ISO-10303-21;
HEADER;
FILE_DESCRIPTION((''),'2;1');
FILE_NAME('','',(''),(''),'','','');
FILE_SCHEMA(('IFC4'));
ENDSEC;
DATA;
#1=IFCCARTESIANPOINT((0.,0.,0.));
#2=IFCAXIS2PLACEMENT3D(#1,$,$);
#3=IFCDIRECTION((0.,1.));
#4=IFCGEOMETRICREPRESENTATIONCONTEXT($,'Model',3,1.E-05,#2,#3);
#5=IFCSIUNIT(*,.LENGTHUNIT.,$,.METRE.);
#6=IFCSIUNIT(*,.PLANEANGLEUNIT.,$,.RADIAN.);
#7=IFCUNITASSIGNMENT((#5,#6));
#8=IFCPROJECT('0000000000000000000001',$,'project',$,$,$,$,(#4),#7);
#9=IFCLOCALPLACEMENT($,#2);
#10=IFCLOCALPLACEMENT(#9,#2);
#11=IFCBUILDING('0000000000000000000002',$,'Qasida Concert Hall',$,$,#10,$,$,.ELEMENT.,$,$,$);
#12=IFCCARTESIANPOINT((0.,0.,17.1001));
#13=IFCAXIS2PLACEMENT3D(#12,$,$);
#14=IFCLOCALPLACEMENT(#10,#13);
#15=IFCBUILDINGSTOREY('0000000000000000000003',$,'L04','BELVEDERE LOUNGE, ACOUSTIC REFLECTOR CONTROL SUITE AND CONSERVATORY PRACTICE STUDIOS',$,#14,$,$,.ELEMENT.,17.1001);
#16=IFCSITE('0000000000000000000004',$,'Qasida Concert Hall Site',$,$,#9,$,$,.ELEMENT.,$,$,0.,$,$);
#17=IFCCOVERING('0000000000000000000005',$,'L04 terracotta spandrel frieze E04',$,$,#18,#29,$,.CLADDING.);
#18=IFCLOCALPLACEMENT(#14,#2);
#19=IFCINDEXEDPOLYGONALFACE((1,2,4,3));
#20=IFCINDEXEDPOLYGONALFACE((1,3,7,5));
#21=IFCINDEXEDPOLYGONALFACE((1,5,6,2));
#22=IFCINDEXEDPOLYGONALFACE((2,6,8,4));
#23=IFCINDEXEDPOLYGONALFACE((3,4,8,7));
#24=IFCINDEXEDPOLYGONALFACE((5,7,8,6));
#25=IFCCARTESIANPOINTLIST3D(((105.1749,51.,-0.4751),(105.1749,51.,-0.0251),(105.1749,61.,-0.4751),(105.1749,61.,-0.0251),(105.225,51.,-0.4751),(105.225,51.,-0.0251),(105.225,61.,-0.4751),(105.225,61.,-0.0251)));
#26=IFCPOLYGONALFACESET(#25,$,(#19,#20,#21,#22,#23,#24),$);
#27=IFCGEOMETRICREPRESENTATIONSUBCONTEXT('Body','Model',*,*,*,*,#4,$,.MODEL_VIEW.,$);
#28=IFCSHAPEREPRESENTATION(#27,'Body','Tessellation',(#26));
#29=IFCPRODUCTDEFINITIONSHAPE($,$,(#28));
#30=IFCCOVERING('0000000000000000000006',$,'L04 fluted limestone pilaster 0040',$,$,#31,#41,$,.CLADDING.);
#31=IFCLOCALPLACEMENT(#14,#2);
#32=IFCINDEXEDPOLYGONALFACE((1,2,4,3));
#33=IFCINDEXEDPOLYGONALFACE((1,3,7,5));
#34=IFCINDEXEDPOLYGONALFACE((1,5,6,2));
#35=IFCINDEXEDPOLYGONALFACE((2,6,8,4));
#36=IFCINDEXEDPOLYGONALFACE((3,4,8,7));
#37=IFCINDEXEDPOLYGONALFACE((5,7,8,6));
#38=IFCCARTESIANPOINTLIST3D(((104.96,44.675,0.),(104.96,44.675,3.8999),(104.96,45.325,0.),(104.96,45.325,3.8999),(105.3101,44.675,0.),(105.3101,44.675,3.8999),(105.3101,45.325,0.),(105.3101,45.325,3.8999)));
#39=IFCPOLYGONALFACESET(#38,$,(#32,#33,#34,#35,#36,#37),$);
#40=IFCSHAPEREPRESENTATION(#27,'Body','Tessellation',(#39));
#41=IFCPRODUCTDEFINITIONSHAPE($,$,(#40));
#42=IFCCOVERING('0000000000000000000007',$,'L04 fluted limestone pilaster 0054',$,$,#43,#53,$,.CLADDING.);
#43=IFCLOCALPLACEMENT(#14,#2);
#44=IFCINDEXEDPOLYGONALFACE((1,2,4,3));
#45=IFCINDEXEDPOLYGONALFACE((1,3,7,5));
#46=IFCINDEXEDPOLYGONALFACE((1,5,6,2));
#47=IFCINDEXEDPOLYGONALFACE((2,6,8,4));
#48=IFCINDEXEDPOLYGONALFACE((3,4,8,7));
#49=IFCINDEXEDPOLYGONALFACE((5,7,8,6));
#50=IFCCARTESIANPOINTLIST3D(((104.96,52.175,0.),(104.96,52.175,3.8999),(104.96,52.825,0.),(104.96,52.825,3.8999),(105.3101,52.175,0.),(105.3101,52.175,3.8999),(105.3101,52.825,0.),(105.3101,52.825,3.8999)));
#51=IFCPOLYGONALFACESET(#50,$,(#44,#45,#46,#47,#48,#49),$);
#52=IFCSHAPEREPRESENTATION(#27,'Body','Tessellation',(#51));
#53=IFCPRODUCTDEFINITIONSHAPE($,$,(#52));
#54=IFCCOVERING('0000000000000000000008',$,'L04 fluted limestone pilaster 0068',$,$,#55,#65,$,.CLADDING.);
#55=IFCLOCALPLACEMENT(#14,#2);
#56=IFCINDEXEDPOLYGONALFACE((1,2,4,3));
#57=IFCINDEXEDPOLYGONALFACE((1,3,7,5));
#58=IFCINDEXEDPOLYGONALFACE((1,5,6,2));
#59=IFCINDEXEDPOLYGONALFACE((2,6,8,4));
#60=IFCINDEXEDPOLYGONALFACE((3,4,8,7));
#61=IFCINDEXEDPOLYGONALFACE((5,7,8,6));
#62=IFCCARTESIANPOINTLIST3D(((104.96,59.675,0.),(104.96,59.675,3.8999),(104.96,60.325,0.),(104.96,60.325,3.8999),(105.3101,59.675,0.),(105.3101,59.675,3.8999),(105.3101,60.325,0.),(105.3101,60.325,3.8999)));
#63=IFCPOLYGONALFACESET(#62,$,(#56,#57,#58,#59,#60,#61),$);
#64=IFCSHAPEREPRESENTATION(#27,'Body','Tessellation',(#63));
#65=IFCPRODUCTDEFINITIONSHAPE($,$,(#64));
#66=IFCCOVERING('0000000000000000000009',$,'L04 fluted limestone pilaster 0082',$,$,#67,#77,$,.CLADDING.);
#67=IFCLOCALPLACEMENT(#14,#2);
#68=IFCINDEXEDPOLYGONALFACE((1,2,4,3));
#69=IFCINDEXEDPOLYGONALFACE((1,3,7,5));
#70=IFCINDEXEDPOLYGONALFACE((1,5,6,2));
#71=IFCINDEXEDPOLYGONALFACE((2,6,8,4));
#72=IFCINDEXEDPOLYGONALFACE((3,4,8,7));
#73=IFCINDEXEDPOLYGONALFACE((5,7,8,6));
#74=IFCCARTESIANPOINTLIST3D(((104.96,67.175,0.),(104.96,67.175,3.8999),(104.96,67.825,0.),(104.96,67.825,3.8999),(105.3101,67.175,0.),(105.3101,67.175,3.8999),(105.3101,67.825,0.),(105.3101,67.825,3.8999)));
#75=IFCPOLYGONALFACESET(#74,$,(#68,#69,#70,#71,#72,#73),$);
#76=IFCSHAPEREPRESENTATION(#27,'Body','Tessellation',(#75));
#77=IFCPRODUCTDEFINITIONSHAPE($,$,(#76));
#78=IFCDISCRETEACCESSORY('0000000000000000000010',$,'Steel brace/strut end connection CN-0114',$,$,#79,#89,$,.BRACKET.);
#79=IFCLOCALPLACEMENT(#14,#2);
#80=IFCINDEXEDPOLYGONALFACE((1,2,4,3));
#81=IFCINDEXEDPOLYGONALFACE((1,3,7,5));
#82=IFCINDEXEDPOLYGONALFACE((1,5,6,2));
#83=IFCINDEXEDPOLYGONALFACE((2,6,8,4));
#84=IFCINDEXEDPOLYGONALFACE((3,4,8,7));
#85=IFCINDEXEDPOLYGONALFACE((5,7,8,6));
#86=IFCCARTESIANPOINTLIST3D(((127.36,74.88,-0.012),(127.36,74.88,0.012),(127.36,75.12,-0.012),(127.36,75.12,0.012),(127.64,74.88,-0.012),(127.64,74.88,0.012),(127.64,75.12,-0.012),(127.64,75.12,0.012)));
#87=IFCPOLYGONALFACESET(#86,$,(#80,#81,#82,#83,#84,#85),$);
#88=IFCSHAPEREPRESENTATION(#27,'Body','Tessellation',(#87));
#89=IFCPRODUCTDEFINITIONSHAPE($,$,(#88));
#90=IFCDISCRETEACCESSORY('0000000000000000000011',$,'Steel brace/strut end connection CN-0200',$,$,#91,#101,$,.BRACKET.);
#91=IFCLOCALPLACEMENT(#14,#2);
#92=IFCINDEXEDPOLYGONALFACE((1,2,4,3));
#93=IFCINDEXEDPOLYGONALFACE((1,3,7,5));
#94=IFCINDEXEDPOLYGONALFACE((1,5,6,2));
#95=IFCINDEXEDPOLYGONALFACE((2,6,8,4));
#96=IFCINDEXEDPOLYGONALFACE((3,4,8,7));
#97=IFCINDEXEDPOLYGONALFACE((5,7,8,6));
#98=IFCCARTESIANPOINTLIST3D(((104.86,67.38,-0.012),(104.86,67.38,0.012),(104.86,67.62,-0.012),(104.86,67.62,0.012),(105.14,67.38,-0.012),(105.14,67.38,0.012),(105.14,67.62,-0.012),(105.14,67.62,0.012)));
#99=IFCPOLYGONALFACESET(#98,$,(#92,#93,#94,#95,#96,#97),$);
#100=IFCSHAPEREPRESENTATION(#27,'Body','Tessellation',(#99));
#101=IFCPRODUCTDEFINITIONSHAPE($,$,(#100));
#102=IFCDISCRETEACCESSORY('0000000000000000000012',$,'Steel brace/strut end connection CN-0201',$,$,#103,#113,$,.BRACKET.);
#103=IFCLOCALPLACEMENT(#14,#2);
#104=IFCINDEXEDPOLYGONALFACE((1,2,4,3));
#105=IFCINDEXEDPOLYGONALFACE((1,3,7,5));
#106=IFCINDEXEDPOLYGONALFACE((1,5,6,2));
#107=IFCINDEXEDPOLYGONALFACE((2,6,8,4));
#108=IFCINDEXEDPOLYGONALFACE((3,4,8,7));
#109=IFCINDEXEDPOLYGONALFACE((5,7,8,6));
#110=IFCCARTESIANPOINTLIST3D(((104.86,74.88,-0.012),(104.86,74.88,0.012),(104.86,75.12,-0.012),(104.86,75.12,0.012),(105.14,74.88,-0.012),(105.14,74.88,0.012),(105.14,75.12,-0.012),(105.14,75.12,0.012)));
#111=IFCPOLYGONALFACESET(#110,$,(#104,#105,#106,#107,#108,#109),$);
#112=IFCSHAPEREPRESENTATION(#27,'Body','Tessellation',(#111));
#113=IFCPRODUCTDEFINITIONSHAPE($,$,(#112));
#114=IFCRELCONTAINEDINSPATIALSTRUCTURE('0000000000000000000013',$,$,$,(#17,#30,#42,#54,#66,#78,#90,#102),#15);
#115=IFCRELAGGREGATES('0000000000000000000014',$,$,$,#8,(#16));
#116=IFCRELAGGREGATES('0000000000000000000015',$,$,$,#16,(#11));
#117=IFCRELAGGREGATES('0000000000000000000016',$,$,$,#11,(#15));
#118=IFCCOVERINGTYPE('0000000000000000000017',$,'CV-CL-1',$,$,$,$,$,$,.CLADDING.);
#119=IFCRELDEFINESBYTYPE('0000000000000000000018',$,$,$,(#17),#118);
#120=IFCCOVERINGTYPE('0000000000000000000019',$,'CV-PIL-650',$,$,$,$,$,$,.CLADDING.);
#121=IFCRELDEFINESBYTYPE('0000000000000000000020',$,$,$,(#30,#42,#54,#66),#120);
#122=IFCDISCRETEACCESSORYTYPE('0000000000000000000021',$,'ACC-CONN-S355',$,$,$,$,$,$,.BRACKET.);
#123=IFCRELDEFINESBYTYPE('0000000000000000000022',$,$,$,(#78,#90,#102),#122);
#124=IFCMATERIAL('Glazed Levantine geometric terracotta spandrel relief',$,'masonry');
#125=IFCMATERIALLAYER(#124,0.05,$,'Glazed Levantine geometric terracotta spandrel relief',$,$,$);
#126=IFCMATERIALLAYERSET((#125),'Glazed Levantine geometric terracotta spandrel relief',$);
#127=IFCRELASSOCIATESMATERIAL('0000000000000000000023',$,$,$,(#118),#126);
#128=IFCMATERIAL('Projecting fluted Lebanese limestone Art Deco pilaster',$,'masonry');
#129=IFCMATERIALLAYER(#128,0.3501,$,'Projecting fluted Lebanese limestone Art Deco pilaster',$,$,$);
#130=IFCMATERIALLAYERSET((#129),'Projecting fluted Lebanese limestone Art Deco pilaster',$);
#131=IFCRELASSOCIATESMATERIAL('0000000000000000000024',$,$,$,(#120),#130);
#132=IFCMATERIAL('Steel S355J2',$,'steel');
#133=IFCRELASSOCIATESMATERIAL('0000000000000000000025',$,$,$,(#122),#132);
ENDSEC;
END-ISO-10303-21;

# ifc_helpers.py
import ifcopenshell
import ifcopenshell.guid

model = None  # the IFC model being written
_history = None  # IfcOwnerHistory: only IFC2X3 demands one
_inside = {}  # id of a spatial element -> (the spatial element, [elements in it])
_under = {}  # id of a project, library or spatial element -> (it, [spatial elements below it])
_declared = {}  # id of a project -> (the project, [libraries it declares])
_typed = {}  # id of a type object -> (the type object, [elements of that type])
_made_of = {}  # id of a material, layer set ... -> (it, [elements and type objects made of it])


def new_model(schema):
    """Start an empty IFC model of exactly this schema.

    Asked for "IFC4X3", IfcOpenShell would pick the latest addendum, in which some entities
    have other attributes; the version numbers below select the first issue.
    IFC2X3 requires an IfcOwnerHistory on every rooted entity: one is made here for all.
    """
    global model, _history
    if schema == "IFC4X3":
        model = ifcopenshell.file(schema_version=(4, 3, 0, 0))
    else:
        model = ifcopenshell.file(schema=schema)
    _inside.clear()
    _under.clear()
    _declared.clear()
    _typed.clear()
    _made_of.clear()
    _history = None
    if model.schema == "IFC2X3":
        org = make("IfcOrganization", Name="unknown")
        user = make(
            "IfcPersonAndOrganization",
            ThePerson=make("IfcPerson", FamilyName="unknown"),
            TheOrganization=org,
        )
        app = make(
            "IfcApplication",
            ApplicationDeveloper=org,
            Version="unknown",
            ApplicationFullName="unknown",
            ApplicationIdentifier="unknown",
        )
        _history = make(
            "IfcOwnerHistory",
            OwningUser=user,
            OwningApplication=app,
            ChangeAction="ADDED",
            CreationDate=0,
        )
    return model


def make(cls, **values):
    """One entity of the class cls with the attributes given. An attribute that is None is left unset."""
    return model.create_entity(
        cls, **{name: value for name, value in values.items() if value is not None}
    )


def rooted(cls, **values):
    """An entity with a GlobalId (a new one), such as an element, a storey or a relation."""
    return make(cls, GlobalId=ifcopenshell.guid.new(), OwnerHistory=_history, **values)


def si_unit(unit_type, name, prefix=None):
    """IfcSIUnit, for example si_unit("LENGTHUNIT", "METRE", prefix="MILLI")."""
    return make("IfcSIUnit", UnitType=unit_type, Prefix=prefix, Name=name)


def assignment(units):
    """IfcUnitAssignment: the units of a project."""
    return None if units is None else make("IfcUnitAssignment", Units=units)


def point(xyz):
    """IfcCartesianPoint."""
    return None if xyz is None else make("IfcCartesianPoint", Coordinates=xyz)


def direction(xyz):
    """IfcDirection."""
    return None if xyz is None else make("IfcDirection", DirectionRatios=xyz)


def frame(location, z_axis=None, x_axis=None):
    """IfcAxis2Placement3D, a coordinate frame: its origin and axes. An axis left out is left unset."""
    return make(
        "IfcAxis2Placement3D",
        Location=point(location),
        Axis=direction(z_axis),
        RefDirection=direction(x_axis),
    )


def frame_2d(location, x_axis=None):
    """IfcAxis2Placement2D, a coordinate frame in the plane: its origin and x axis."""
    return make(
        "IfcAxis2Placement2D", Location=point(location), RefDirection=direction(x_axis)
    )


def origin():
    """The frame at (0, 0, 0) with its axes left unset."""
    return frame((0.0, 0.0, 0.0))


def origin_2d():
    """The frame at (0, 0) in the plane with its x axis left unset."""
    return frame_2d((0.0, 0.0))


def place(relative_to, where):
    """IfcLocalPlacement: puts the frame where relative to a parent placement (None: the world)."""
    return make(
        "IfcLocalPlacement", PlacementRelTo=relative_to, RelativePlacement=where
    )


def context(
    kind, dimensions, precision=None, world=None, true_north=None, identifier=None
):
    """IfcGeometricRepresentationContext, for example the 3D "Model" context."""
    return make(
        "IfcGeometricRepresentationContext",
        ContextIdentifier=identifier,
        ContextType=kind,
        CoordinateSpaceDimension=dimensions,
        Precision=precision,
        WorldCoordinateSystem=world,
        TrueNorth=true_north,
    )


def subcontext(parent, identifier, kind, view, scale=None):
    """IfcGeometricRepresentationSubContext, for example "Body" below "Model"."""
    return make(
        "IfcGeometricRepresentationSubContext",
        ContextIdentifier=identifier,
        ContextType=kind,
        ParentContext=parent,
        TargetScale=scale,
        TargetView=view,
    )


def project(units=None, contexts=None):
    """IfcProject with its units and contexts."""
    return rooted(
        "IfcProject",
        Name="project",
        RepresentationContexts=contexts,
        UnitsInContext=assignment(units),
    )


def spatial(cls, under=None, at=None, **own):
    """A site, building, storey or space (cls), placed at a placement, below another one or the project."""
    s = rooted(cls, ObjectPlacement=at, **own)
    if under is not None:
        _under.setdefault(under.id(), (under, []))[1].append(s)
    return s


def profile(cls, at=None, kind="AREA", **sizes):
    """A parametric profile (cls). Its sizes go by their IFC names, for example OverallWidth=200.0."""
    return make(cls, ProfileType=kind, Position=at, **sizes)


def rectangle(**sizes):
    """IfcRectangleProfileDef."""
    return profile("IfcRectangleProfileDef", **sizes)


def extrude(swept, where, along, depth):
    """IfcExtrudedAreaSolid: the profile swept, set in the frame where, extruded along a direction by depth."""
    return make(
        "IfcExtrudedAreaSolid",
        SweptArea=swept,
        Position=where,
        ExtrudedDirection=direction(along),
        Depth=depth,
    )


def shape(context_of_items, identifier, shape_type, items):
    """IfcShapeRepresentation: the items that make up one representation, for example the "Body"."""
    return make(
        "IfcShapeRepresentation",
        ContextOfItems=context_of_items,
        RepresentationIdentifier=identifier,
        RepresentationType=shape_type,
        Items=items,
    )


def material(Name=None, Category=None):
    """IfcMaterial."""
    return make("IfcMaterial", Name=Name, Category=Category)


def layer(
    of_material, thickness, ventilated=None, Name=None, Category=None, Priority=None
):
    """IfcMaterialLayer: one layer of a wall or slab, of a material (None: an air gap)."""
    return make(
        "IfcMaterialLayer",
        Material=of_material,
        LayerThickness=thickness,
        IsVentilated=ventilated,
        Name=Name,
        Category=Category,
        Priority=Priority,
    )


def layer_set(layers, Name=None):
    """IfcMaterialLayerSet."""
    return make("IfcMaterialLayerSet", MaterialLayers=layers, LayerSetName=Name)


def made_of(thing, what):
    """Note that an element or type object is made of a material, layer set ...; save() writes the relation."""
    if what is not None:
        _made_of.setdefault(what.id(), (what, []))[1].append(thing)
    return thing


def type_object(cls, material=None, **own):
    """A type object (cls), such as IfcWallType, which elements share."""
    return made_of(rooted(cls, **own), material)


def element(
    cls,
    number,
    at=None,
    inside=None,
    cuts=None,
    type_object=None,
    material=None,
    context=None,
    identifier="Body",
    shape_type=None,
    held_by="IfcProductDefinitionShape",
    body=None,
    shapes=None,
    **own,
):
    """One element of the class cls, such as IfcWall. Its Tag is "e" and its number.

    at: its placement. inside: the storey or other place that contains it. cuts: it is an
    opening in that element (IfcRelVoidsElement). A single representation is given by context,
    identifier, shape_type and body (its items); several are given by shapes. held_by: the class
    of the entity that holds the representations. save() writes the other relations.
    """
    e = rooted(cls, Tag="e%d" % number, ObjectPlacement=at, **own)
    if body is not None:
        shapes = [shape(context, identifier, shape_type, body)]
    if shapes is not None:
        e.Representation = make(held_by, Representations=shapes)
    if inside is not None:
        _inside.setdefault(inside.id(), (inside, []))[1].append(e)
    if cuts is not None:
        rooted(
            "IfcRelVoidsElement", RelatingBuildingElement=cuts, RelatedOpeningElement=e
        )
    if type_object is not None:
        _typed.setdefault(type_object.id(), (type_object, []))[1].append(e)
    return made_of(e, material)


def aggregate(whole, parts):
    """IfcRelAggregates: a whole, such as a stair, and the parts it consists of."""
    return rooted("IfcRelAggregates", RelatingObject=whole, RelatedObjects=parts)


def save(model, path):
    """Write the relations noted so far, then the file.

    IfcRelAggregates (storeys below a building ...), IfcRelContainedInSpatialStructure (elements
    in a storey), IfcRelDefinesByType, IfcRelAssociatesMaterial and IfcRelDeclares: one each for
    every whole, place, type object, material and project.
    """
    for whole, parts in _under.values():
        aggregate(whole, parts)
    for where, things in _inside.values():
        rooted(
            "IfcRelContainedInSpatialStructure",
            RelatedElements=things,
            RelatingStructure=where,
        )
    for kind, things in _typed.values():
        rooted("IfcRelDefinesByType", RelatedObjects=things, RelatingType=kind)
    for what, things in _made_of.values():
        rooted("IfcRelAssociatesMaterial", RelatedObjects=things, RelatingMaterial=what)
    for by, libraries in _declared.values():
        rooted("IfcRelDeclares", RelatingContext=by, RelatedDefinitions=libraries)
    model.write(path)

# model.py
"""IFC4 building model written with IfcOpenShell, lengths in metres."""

from ifc_helpers import new_model, si_unit, direction, frame, origin, origin_2d, place, context, subcontext, project, spatial, rectangle, extrude, material, layer, layer_set, type_object, element, save


model = new_model("IFC4")

# Units and contexts
model_context = context("Model", 3, precision=1e-05, world=origin(), true_north=direction((0.0, 1.0)))
body_context = subcontext(model_context, "Body", "Model", "MODEL_VIEW")
ifc_project = project(units=[si_unit("LENGTHUNIT", "METRE"), si_unit("PLANEANGLEUNIT", "RADIAN")], contexts=[model_context])

# Site, building, storey
site_placement = place(None, origin())
site = spatial("IfcSite", under=ifc_project, at=site_placement, Name="Qasida Concert Hall Site", CompositionType="ELEMENT", RefElevation=0.0)
building_placement = place(site_placement, origin())
building = spatial("IfcBuilding", under=site, at=building_placement, Name="Qasida Concert Hall", CompositionType="ELEMENT")
storey_placement = place(building_placement, frame((0.0, 0.0, 17.1001)))
storey = spatial("IfcBuildingStorey", under=building, at=storey_placement, Name="L04", Description="BELVEDERE LOUNGE, ACOUSTIC REFLECTOR CONTROL SUITE AND CONSERVATORY PRACTICE STUDIOS", CompositionType="ELEMENT", Elevation=17.1001)

# Shared definitions
ifc_material_1 = material(Name="Steel S355J2", Category="steel")

# Coverings
ifc_material_2 = material(Name="Glazed Levantine geometric terracotta spandrel relief", Category="masonry")
ifc_layer_1 = layer(ifc_material_2, 0.05, Name="Glazed Levantine geometric terracotta spandrel relief")
ifc_layer_set_1 = layer_set([ifc_layer_1], Name="Glazed Levantine geometric terracotta spandrel relief")
covering_type_1 = type_object("IfcCoveringType", Name="CV-CL-1", PredefinedType="CLADDING", material=ifc_layer_set_1)
covering_placement = place(storey_placement, frame((105.2, 56.0, -0.4751), z_axis=(0.0, 0.0, 1.0), x_axis=(1.0, 0.0, 0.0)))
element("IfcCovering", 1, at=covering_placement, inside=storey, type_object=covering_type_1, Name="L04 terracotta spandrel frieze E04", PredefinedType="CLADDING", context=body_context, shape_type="SweptSolid", body=[
    extrude(rectangle(XDim=0.05, YDim=10.0, at=origin_2d()), origin(), (0.0, 0.0, 1.0), 0.45),
])
ifc_material_3 = material(Name="Projecting fluted Lebanese limestone Art Deco pilaster", Category="masonry")
ifc_layer_2 = layer(ifc_material_3, 0.3501, Name="Projecting fluted Lebanese limestone Art Deco pilaster")
ifc_layer_set_2 = layer_set([ifc_layer_2], Name="Projecting fluted Lebanese limestone Art Deco pilaster")
covering_type_2 = type_object("IfcCoveringType", Name="CV-PIL-650", PredefinedType="CLADDING", material=ifc_layer_set_2)
for number, where, z_axis, x_axis, name in (
    (2, (105.135, 45.0, 0.0), (0.0, 0.0, 1.0), (1.0, 0.0, 0.0), "L04 fluted limestone pilaster 0040"),
    (3, (105.135, 52.5, 0.0), (0.0, 0.0, 1.0), (1.0, 0.0, 0.0), "L04 fluted limestone pilaster 0054"),
    (4, (105.135, 60.0, 0.0), (0.0, 0.0, 1.0), (1.0, 0.0, 0.0), "L04 fluted limestone pilaster 0068"),
    (5, (105.135, 67.5, 0.0), (0.0, 0.0, 1.0), (1.0, 0.0, 0.0), "L04 fluted limestone pilaster 0082"),
):
    element("IfcCovering", number, at=place(storey_placement, frame(where, z_axis=z_axis, x_axis=x_axis)), inside=storey, type_object=covering_type_2, Name=name, PredefinedType="CLADDING", context=body_context, shape_type="SweptSolid", body=[
        extrude(rectangle(XDim=0.3501, YDim=0.6499, at=origin_2d()), origin(), (0.0, 0.0, 1.0), 3.8999),
    ])

# Discrete accessories
discrete_accessory_type = type_object("IfcDiscreteAccessoryType", Name="ACC-CONN-S355", PredefinedType="BRACKET", material=ifc_material_1)
for number, where, z_axis, x_axis, name in (
    (6, (127.5, 75.0, -0.012), (0.0, 0.0, 1.0), (1.0, 0.0, 0.0), "Steel brace/strut end connection CN-0114"),
    (7, (105.0, 67.5, -0.012), (0.0, 0.0, 1.0), (1.0, 0.0, 0.0), "Steel brace/strut end connection CN-0200"),
    (8, (105.0, 75.0, -0.012), (0.0, 0.0, 1.0), (1.0, 0.0, 0.0), "Steel brace/strut end connection CN-0201"),
):
    element("IfcDiscreteAccessory", number, at=place(storey_placement, frame(where, z_axis=z_axis, x_axis=x_axis)), inside=storey, type_object=discrete_accessory_type, Name=name, PredefinedType="BRACKET", context=body_context, shape_type="SweptSolid", body=[
        extrude(rectangle(XDim=0.28, YDim=0.24, at=origin_2d()), origin(), (0.0, 0.0, 1.0), 0.0239),
    ])

save(model, "model.ifc")
